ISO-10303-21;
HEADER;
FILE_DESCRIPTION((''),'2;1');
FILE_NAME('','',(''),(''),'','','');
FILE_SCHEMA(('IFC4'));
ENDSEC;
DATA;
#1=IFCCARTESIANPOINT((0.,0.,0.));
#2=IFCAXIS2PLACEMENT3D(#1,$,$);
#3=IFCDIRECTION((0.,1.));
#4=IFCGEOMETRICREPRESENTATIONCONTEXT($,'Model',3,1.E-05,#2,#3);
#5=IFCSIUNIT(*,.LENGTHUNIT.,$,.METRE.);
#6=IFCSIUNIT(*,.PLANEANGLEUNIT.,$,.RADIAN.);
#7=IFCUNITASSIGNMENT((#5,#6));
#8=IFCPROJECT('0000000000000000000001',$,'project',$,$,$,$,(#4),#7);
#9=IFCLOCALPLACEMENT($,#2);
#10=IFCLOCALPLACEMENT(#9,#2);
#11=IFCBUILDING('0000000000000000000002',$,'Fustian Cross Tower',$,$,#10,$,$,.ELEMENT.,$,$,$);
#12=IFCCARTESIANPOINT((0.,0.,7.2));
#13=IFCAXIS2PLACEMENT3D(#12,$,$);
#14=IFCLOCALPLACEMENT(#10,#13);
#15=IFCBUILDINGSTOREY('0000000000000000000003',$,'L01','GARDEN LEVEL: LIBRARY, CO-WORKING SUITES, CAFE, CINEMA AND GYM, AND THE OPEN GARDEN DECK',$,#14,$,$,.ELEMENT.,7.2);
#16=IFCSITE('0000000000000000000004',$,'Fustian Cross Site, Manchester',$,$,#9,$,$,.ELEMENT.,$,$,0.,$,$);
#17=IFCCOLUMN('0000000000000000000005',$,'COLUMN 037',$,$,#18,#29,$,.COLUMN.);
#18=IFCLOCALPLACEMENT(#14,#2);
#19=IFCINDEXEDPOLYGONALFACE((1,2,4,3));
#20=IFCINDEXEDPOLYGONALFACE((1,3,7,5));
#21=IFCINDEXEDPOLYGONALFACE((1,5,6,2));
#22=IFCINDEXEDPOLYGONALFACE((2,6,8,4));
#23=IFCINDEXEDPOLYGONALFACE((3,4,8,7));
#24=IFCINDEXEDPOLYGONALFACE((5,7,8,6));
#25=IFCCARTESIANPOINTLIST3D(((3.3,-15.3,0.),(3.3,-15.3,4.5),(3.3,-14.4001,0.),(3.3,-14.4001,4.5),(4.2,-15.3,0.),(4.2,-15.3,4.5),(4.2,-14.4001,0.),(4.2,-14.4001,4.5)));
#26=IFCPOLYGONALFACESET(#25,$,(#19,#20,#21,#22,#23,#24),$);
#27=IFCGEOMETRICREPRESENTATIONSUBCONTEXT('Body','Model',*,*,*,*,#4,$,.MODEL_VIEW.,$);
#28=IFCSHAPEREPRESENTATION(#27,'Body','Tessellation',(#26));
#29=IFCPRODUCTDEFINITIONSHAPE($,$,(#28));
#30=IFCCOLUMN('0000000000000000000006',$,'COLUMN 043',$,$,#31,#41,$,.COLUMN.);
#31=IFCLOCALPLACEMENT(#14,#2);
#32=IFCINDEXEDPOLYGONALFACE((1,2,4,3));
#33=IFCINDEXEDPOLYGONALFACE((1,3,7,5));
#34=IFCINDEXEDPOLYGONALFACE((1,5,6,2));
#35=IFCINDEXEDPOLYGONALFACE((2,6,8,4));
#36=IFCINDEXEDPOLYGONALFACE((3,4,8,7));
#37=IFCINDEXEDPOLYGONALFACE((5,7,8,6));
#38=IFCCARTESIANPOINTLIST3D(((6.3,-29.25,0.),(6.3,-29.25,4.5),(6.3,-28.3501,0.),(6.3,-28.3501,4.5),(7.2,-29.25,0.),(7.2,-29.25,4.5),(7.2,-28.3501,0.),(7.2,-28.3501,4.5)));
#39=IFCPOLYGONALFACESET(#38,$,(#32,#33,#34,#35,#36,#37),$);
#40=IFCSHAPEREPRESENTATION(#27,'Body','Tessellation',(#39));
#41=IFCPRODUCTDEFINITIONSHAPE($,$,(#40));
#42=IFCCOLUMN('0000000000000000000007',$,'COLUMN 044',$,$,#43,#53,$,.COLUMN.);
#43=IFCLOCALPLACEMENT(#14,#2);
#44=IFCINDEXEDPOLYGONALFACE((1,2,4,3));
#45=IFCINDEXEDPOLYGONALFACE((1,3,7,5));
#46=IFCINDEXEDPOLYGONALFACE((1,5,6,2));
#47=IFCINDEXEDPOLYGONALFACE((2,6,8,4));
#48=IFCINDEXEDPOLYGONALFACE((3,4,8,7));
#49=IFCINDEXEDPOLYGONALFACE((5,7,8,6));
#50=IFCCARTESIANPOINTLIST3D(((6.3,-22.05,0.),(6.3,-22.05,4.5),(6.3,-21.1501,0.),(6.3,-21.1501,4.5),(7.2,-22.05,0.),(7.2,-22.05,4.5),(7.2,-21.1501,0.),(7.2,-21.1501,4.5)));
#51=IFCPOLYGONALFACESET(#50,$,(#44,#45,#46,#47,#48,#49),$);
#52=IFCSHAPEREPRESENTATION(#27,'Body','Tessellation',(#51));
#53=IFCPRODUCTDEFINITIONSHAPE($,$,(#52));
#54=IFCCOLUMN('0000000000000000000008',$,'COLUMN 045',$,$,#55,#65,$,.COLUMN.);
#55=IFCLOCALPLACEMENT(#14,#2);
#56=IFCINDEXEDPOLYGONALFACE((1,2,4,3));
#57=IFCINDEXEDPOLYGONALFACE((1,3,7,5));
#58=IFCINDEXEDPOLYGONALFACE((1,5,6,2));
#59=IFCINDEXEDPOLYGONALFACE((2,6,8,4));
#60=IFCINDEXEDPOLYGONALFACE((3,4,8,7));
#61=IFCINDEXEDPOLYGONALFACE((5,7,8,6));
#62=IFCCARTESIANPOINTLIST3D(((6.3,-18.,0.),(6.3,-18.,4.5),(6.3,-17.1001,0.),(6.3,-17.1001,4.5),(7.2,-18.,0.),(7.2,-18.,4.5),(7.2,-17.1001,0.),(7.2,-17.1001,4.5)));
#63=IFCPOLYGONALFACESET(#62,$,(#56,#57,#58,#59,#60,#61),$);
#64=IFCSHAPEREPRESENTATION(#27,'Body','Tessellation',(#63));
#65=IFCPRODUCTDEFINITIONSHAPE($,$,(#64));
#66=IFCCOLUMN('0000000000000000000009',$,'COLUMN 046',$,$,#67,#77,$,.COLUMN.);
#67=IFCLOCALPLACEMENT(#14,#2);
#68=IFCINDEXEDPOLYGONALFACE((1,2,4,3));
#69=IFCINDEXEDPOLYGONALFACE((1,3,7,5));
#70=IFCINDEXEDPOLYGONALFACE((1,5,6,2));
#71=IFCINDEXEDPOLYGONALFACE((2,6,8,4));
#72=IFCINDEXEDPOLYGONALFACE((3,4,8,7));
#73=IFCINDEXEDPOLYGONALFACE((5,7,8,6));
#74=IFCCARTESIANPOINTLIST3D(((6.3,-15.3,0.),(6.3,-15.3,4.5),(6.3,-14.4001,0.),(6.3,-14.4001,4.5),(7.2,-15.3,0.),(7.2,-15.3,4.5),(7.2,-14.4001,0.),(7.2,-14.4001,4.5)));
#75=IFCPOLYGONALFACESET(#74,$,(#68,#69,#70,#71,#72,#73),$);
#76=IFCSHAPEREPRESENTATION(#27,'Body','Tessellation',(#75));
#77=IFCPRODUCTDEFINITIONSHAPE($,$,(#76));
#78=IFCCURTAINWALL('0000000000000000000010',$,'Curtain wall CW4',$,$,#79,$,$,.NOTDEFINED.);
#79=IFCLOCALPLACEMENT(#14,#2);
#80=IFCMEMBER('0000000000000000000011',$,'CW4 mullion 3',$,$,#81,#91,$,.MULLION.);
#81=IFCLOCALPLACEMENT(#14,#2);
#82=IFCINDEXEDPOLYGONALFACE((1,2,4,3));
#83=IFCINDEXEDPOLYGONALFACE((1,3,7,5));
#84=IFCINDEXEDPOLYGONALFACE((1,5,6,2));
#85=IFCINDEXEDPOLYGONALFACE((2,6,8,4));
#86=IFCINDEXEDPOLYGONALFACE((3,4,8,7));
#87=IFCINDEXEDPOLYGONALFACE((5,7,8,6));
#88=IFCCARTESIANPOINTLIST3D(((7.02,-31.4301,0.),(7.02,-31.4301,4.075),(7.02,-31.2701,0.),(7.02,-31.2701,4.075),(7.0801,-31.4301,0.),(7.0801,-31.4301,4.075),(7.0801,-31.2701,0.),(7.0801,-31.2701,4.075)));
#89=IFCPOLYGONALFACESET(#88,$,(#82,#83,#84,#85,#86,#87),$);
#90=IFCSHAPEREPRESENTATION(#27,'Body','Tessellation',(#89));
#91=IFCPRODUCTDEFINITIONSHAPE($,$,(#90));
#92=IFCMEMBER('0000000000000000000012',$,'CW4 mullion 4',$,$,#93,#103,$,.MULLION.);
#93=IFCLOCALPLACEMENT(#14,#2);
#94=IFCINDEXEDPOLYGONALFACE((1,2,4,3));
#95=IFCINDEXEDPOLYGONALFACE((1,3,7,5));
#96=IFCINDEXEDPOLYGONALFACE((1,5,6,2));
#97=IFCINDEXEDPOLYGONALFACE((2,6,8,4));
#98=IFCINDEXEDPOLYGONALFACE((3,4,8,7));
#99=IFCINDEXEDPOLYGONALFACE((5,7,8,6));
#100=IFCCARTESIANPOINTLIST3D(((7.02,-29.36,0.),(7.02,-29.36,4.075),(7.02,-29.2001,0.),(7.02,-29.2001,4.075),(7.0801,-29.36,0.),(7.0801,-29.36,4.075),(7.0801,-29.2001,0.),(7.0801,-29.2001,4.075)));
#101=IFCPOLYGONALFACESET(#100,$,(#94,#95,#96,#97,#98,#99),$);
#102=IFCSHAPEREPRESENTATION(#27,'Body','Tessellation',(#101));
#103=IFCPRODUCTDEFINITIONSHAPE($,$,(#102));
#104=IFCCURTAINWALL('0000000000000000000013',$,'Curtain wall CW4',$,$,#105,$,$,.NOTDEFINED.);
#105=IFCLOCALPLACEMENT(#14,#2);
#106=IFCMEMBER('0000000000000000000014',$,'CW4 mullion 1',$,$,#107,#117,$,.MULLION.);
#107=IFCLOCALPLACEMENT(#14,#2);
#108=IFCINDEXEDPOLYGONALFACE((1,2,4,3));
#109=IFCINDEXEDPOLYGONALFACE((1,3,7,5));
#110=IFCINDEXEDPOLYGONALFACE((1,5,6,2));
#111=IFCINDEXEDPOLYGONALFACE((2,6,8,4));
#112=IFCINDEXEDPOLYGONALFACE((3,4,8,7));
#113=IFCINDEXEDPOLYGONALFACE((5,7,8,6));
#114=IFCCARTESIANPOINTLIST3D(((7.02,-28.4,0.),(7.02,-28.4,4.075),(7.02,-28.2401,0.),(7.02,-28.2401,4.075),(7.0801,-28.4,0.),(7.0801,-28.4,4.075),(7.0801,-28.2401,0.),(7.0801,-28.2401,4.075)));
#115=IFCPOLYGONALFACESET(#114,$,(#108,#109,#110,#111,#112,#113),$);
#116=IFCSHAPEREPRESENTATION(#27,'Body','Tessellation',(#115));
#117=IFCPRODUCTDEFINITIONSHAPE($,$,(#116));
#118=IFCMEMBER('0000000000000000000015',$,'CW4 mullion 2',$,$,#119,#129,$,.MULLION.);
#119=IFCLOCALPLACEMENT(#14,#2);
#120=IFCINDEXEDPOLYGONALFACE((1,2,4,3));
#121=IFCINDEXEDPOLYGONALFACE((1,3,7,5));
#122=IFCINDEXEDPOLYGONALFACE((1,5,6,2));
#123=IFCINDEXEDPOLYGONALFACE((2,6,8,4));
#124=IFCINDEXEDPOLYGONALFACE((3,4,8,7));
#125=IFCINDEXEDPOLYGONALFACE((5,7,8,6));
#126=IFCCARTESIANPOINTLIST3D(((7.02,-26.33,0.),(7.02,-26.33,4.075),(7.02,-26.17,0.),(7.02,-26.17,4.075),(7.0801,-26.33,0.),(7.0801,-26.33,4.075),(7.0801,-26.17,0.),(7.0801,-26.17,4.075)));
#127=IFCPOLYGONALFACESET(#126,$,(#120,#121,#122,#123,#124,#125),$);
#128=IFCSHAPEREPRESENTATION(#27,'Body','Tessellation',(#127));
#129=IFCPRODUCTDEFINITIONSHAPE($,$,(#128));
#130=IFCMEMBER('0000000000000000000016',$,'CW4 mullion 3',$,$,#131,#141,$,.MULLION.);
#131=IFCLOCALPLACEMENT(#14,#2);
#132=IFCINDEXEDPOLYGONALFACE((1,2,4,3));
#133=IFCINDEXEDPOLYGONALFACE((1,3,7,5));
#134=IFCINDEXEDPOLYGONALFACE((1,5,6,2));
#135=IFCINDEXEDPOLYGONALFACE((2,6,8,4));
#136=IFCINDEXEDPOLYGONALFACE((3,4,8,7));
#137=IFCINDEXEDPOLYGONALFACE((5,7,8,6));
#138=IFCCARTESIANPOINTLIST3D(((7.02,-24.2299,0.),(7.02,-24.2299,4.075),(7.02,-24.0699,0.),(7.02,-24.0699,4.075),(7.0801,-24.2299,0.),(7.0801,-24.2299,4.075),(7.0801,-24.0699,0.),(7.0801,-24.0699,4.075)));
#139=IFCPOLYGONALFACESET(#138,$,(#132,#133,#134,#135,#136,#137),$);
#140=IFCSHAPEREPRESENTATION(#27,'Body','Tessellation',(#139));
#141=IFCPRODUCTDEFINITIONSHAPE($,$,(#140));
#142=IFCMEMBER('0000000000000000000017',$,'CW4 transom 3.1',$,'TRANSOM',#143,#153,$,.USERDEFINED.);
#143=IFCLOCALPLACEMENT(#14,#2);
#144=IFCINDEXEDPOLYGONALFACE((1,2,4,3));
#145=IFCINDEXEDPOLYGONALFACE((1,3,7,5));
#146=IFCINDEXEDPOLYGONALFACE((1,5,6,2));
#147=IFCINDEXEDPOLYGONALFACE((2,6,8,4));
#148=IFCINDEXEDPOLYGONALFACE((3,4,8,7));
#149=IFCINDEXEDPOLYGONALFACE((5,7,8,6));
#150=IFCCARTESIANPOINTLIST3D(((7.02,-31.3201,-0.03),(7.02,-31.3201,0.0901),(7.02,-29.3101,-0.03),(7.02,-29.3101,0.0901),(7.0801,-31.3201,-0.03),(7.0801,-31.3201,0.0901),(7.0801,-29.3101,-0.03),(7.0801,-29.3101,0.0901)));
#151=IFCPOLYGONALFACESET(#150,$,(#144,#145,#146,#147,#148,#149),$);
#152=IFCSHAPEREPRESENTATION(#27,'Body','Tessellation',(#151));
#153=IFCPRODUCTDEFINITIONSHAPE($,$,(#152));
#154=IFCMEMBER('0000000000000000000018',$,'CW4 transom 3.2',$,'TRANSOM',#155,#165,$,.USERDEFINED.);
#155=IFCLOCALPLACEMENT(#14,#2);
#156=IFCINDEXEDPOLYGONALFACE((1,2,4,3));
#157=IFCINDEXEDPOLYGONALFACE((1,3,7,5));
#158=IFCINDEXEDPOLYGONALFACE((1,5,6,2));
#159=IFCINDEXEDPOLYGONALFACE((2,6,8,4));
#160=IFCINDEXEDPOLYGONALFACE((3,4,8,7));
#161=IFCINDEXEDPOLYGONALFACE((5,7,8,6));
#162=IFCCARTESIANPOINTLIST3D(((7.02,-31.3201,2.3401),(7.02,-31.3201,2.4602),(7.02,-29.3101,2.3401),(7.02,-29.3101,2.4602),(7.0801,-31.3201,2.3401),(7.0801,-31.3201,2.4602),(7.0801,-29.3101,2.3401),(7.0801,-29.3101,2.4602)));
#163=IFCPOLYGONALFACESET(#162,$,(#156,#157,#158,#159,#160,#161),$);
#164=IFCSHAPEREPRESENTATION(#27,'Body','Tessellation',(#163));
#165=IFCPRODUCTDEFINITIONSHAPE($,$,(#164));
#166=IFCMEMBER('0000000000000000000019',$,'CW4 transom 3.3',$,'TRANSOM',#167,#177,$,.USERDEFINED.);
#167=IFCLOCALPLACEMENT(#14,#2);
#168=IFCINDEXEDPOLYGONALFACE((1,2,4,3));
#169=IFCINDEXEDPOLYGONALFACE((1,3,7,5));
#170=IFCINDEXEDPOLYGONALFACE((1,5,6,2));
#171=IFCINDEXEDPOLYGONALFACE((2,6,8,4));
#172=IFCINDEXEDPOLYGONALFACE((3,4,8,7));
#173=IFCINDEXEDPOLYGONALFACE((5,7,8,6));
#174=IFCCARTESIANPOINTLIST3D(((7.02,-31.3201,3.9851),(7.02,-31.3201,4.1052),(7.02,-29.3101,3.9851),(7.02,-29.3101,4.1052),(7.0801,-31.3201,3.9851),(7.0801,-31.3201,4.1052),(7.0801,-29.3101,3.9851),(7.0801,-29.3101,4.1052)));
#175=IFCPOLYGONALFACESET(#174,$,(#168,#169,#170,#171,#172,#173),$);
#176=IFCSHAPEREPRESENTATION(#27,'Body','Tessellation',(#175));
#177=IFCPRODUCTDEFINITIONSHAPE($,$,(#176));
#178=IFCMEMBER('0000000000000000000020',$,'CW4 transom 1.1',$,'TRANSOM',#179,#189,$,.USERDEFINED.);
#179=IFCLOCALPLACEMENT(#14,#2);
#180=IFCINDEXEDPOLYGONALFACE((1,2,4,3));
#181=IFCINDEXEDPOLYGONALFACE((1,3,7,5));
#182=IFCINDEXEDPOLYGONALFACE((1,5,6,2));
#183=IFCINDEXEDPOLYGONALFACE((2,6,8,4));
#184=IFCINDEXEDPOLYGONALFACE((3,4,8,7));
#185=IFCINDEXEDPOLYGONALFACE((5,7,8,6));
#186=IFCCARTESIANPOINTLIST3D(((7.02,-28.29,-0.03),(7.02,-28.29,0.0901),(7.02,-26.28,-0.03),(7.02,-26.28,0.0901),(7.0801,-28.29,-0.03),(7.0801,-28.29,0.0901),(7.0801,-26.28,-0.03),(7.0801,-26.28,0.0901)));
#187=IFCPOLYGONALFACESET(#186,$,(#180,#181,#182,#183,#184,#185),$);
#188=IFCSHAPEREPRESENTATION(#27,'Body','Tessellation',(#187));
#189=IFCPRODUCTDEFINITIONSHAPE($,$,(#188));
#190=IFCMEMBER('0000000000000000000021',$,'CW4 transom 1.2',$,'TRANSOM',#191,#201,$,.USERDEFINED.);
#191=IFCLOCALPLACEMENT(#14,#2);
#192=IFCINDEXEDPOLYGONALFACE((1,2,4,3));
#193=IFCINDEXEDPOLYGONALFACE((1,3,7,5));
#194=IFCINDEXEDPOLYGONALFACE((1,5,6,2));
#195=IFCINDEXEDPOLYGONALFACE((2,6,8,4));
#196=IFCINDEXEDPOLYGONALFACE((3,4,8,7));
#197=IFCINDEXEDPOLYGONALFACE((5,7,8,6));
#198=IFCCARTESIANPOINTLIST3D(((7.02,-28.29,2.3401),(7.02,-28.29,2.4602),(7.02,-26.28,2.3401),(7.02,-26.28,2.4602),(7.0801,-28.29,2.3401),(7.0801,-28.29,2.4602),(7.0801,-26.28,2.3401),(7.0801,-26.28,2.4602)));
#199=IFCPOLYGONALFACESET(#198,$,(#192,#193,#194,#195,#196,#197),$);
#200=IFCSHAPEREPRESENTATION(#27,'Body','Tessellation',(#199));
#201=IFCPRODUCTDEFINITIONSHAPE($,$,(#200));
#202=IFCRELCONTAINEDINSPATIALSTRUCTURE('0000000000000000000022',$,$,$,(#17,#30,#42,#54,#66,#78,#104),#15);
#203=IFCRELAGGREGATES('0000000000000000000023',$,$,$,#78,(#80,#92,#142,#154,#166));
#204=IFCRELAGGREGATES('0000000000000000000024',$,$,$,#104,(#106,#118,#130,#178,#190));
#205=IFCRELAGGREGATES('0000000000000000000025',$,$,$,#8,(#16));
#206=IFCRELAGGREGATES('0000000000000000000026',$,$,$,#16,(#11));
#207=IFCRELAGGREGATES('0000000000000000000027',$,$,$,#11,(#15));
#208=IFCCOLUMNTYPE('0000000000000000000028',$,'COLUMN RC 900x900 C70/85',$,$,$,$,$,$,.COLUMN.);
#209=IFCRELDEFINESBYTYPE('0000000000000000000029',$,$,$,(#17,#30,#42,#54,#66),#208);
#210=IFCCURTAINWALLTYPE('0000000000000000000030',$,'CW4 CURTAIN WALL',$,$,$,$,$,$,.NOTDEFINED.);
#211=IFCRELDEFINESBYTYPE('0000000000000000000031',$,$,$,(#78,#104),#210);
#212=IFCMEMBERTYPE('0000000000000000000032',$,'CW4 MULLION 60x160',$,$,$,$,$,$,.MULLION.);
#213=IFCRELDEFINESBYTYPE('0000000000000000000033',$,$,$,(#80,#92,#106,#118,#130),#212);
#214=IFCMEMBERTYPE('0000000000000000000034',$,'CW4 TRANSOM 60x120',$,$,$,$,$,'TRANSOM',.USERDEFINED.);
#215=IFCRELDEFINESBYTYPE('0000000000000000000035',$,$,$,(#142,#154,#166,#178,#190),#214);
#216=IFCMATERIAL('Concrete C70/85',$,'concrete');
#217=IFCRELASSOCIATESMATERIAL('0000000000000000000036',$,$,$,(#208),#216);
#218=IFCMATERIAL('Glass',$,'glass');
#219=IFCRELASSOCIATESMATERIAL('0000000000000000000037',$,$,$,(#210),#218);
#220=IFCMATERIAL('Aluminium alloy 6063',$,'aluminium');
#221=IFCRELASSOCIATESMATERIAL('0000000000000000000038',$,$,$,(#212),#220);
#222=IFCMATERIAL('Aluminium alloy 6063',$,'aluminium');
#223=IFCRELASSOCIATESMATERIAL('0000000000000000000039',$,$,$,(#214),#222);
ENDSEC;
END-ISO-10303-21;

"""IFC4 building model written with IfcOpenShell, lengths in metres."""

from ifc_helpers import new_model, si_unit, direction, frame, origin, origin_2d, place, context, subcontext, project, spatial, rectangle, extrude, material, material_profile, profile_set, type_object, element, aggregate, save


model = new_model("IFC4")

# Units and contexts
model_context = context("Model", 3, precision=1e-05, world=origin(), true_north=direction((0.0, 1.0)))
body_context = subcontext(model_context, "Body", "Model", "MODEL_VIEW")
ifc_project = project(units=[si_unit("LENGTHUNIT", "METRE"), si_unit("PLANEANGLEUNIT", "RADIAN")], contexts=[model_context])

# Site, building, storey
site_placement = place(None, origin())
site = spatial("IfcSite", under=ifc_project, at=site_placement, Name="Fustian Cross Site, Manchester", CompositionType="ELEMENT", RefElevation=0.0)
building_placement = place(site_placement, origin())
building = spatial("IfcBuilding", under=site, at=building_placement, Name="Fustian Cross Tower", CompositionType="ELEMENT")
storey_placement = place(building_placement, frame((0.0, 0.0, 7.2)))
storey = spatial("IfcBuildingStorey", under=building, at=storey_placement, Name="L01", Description="GARDEN LEVEL: LIBRARY, CO-WORKING SUITES, CAFE, CINEMA AND GYM, AND THE OPEN GARDEN DECK", CompositionType="ELEMENT", Elevation=7.2)

# Columns
ifc_material_1 = material(Name="Concrete C70/85", Category="concrete")
ifc_material_profile_1 = material_profile(ifc_material_1, rectangle(XDim=0.8999, YDim=0.8999, at=origin_2d()), Name="RC 900x900")
ifc_profile_set_1 = profile_set([ifc_material_profile_1], Name="Concrete C70/85")
column_type = type_object("IfcColumnType", Name="COLUMN RC 900x900 C70/85", PredefinedType="COLUMN", material=ifc_profile_set_1)
for number, where, z_axis, x_axis, name in (
    (1, (3.75, -14.8501, 0.0), (0.0, 0.0, 1.0), (1.0, 0.0, 0.0), "COLUMN 037"),
    (2, (6.75, -28.8, 0.0), (0.0, 0.0, 1.0), (1.0, 0.0, 0.0), "COLUMN 043"),
    (3, (6.75, -21.6001, 0.0), (0.0, 0.0, 1.0), (1.0, 0.0, 0.0), "COLUMN 044"),
    (4, (6.75, -17.55, 0.0), (0.0, 0.0, 1.0), (1.0, 0.0, 0.0), "COLUMN 045"),
    (5, (6.75, -14.8501, 0.0), (0.0, 0.0, 1.0), (1.0, 0.0, 0.0), "COLUMN 046"),
):
    element("IfcColumn", number, at=place(storey_placement, frame(where, z_axis=z_axis, x_axis=x_axis)), inside=storey, type_object=column_type, Name=name, PredefinedType="COLUMN", context=body_context, shape_type="SweptSolid", body=[
        extrude(rectangle(XDim=0.8999, YDim=0.8999, at=origin_2d()), origin(), (0.0, 0.0, 1.0), 4.5),
    ])

# Curtain walls, members
ifc_material_2 = material(Name="Glass", Category="glass")
curtain_wall_type = type_object("IfcCurtainWallType", Name="CW4 CURTAIN WALL", PredefinedType="NOTDEFINED", material=ifc_material_2)
curtain_wall_1_placement = place(storey_placement, origin())
curtain_wall_1 = element("IfcCurtainWall", 6, at=curtain_wall_1_placement, inside=storey, type_object=curtain_wall_type, Name="Curtain wall CW4", PredefinedType="NOTDEFINED")
ifc_material_3 = material(Name="Aluminium alloy 6063", Category="aluminium")
ifc_material_profile_2 = material_profile(ifc_material_3, rectangle(XDim=0.0601, YDim=0.1599, at=origin_2d()), Name="CW4 MULLION 60x160")
ifc_profile_set_2 = profile_set([ifc_material_profile_2], Name="Aluminium alloy 6063")
member_type_1 = type_object("IfcMemberType", Name="CW4 MULLION 60x160", PredefinedType="MULLION", material=ifc_profile_set_2)
member_1_placement = place(storey_placement, frame((7.05, -31.3501, 0.0), z_axis=(0.0, 0.0, 1.0), x_axis=(-1.0, 0.0, 0.0)))
member_1 = element("IfcMember", 7, at=member_1_placement, type_object=member_type_1, Name="CW4 mullion 3", PredefinedType="MULLION", context=body_context, shape_type="SweptSolid", body=[
    extrude(rectangle(XDim=0.0601, YDim=0.1599, at=origin_2d()), origin(), (0.0, 0.0, 1.0), 4.075),
])
member_2_placement = place(storey_placement, frame((7.05, -29.28, 0.0), z_axis=(0.0, 0.0, 1.0), x_axis=(-1.0, 0.0, 0.0)))
member_2 = element("IfcMember", 8, at=member_2_placement, type_object=member_type_1, Name="CW4 mullion 4", PredefinedType="MULLION", context=body_context, shape_type="SweptSolid", body=[
    extrude(rectangle(XDim=0.0601, YDim=0.1599, at=origin_2d()), origin(), (0.0, 0.0, 1.0), 4.075),
])
curtain_wall_2_placement = place(storey_placement, origin())
curtain_wall_2 = element("IfcCurtainWall", 9, at=curtain_wall_2_placement, inside=storey, type_object=curtain_wall_type, Name="Curtain wall CW4", PredefinedType="NOTDEFINED")
member_3_placement = place(storey_placement, frame((7.05, -28.3201, 0.0), z_axis=(0.0, 0.0, 1.0), x_axis=(-1.0, 0.0, 0.0)))
member_3 = element("IfcMember", 10, at=member_3_placement, type_object=member_type_1, Name="CW4 mullion 1", PredefinedType="MULLION", context=body_context, shape_type="SweptSolid", body=[
    extrude(rectangle(XDim=0.0601, YDim=0.1599, at=origin_2d()), origin(), (0.0, 0.0, 1.0), 4.075),
])
member_4_placement = place(storey_placement, frame((7.05, -26.25, 0.0), z_axis=(0.0, 0.0, 1.0), x_axis=(-1.0, 0.0, 0.0)))
member_4 = element("IfcMember", 11, at=member_4_placement, type_object=member_type_1, Name="CW4 mullion 2", PredefinedType="MULLION", context=body_context, shape_type="SweptSolid", body=[
    extrude(rectangle(XDim=0.0601, YDim=0.1599, at=origin_2d()), origin(), (0.0, 0.0, 1.0), 4.075),
])
member_5_placement = place(storey_placement, frame((7.05, -24.1499, 0.0), z_axis=(0.0, 0.0, 1.0), x_axis=(-1.0, 0.0, 0.0)))
member_5 = element("IfcMember", 12, at=member_5_placement, type_object=member_type_1, Name="CW4 mullion 3", PredefinedType="MULLION", context=body_context, shape_type="SweptSolid", body=[
    extrude(rectangle(XDim=0.0601, YDim=0.1599, at=origin_2d()), origin(), (0.0, 0.0, 1.0), 4.075),
])

# Members
ifc_material_4 = material(Name="Aluminium alloy 6063", Category="aluminium")
ifc_material_profile_3 = material_profile(ifc_material_4, rectangle(XDim=0.0601, YDim=0.1201, at=origin_2d()), Name="CW4 TRANSOM 60x120")
ifc_profile_set_3 = profile_set([ifc_material_profile_3], Name="Aluminium alloy 6063")
member_type_2 = type_object("IfcMemberType", Name="CW4 TRANSOM 60x120", ElementType="TRANSOM", PredefinedType="USERDEFINED", material=ifc_profile_set_3)
member_6_placement = place(storey_placement, frame((7.05, -31.3201, 0.03), z_axis=(0.0, 1.0, 0.0), x_axis=(-1.0, 0.0, 0.0)))
member_6 = element("IfcMember", 13, at=member_6_placement, type_object=member_type_2, Name="CW4 transom 3.1", ObjectType="TRANSOM", PredefinedType="USERDEFINED", context=body_context, shape_type="SweptSolid", body=[
    extrude(rectangle(XDim=0.0601, YDim=0.1201, at=origin_2d()), origin(), (0.0, 0.0, 1.0), 2.01),
])
member_7_placement = place(storey_placement, frame((7.05, -31.3201, 2.4001), z_axis=(0.0, 1.0, 0.0), x_axis=(-1.0, 0.0, 0.0)))
member_7 = element("IfcMember", 14, at=member_7_placement, type_object=member_type_2, Name="CW4 transom 3.2", ObjectType="TRANSOM", PredefinedType="USERDEFINED", context=body_context, shape_type="SweptSolid", body=[
    extrude(rectangle(XDim=0.0601, YDim=0.1201, at=origin_2d()), origin(), (0.0, 0.0, 1.0), 2.01),
])
member_8_placement = place(storey_placement, frame((7.05, -31.3201, 4.0452), z_axis=(0.0, 1.0, 0.0), x_axis=(-1.0, 0.0, 0.0)))
member_8 = element("IfcMember", 15, at=member_8_placement, type_object=member_type_2, Name="CW4 transom 3.3", ObjectType="TRANSOM", PredefinedType="USERDEFINED", context=body_context, shape_type="SweptSolid", body=[
    extrude(rectangle(XDim=0.0601, YDim=0.1201, at=origin_2d()), origin(), (0.0, 0.0, 1.0), 2.01),
])
member_9_placement = place(storey_placement, frame((7.05, -28.29, 0.03), z_axis=(0.0, 1.0, 0.0), x_axis=(-1.0, 0.0, 0.0)))
member_9 = element("IfcMember", 16, at=member_9_placement, type_object=member_type_2, Name="CW4 transom 1.1", ObjectType="TRANSOM", PredefinedType="USERDEFINED", context=body_context, shape_type="SweptSolid", body=[
    extrude(rectangle(XDim=0.0601, YDim=0.1201, at=origin_2d()), origin(), (0.0, 0.0, 1.0), 2.01),
])
member_10_placement = place(storey_placement, frame((7.05, -28.29, 2.4001), z_axis=(0.0, 1.0, 0.0), x_axis=(-1.0, 0.0, 0.0)))
member_10 = element("IfcMember", 17, at=member_10_placement, type_object=member_type_2, Name="CW4 transom 1.2", ObjectType="TRANSOM", PredefinedType="USERDEFINED", context=body_context, shape_type="SweptSolid", body=[
    extrude(rectangle(XDim=0.0601, YDim=0.1201, at=origin_2d()), origin(), (0.0, 0.0, 1.0), 2.01),
])

aggregate(curtain_wall_1, [member_1, member_2, member_6, member_7, member_8])
aggregate(curtain_wall_2, [member_3, member_4, member_5, member_9, member_10])

save(model, "model.ifc")
